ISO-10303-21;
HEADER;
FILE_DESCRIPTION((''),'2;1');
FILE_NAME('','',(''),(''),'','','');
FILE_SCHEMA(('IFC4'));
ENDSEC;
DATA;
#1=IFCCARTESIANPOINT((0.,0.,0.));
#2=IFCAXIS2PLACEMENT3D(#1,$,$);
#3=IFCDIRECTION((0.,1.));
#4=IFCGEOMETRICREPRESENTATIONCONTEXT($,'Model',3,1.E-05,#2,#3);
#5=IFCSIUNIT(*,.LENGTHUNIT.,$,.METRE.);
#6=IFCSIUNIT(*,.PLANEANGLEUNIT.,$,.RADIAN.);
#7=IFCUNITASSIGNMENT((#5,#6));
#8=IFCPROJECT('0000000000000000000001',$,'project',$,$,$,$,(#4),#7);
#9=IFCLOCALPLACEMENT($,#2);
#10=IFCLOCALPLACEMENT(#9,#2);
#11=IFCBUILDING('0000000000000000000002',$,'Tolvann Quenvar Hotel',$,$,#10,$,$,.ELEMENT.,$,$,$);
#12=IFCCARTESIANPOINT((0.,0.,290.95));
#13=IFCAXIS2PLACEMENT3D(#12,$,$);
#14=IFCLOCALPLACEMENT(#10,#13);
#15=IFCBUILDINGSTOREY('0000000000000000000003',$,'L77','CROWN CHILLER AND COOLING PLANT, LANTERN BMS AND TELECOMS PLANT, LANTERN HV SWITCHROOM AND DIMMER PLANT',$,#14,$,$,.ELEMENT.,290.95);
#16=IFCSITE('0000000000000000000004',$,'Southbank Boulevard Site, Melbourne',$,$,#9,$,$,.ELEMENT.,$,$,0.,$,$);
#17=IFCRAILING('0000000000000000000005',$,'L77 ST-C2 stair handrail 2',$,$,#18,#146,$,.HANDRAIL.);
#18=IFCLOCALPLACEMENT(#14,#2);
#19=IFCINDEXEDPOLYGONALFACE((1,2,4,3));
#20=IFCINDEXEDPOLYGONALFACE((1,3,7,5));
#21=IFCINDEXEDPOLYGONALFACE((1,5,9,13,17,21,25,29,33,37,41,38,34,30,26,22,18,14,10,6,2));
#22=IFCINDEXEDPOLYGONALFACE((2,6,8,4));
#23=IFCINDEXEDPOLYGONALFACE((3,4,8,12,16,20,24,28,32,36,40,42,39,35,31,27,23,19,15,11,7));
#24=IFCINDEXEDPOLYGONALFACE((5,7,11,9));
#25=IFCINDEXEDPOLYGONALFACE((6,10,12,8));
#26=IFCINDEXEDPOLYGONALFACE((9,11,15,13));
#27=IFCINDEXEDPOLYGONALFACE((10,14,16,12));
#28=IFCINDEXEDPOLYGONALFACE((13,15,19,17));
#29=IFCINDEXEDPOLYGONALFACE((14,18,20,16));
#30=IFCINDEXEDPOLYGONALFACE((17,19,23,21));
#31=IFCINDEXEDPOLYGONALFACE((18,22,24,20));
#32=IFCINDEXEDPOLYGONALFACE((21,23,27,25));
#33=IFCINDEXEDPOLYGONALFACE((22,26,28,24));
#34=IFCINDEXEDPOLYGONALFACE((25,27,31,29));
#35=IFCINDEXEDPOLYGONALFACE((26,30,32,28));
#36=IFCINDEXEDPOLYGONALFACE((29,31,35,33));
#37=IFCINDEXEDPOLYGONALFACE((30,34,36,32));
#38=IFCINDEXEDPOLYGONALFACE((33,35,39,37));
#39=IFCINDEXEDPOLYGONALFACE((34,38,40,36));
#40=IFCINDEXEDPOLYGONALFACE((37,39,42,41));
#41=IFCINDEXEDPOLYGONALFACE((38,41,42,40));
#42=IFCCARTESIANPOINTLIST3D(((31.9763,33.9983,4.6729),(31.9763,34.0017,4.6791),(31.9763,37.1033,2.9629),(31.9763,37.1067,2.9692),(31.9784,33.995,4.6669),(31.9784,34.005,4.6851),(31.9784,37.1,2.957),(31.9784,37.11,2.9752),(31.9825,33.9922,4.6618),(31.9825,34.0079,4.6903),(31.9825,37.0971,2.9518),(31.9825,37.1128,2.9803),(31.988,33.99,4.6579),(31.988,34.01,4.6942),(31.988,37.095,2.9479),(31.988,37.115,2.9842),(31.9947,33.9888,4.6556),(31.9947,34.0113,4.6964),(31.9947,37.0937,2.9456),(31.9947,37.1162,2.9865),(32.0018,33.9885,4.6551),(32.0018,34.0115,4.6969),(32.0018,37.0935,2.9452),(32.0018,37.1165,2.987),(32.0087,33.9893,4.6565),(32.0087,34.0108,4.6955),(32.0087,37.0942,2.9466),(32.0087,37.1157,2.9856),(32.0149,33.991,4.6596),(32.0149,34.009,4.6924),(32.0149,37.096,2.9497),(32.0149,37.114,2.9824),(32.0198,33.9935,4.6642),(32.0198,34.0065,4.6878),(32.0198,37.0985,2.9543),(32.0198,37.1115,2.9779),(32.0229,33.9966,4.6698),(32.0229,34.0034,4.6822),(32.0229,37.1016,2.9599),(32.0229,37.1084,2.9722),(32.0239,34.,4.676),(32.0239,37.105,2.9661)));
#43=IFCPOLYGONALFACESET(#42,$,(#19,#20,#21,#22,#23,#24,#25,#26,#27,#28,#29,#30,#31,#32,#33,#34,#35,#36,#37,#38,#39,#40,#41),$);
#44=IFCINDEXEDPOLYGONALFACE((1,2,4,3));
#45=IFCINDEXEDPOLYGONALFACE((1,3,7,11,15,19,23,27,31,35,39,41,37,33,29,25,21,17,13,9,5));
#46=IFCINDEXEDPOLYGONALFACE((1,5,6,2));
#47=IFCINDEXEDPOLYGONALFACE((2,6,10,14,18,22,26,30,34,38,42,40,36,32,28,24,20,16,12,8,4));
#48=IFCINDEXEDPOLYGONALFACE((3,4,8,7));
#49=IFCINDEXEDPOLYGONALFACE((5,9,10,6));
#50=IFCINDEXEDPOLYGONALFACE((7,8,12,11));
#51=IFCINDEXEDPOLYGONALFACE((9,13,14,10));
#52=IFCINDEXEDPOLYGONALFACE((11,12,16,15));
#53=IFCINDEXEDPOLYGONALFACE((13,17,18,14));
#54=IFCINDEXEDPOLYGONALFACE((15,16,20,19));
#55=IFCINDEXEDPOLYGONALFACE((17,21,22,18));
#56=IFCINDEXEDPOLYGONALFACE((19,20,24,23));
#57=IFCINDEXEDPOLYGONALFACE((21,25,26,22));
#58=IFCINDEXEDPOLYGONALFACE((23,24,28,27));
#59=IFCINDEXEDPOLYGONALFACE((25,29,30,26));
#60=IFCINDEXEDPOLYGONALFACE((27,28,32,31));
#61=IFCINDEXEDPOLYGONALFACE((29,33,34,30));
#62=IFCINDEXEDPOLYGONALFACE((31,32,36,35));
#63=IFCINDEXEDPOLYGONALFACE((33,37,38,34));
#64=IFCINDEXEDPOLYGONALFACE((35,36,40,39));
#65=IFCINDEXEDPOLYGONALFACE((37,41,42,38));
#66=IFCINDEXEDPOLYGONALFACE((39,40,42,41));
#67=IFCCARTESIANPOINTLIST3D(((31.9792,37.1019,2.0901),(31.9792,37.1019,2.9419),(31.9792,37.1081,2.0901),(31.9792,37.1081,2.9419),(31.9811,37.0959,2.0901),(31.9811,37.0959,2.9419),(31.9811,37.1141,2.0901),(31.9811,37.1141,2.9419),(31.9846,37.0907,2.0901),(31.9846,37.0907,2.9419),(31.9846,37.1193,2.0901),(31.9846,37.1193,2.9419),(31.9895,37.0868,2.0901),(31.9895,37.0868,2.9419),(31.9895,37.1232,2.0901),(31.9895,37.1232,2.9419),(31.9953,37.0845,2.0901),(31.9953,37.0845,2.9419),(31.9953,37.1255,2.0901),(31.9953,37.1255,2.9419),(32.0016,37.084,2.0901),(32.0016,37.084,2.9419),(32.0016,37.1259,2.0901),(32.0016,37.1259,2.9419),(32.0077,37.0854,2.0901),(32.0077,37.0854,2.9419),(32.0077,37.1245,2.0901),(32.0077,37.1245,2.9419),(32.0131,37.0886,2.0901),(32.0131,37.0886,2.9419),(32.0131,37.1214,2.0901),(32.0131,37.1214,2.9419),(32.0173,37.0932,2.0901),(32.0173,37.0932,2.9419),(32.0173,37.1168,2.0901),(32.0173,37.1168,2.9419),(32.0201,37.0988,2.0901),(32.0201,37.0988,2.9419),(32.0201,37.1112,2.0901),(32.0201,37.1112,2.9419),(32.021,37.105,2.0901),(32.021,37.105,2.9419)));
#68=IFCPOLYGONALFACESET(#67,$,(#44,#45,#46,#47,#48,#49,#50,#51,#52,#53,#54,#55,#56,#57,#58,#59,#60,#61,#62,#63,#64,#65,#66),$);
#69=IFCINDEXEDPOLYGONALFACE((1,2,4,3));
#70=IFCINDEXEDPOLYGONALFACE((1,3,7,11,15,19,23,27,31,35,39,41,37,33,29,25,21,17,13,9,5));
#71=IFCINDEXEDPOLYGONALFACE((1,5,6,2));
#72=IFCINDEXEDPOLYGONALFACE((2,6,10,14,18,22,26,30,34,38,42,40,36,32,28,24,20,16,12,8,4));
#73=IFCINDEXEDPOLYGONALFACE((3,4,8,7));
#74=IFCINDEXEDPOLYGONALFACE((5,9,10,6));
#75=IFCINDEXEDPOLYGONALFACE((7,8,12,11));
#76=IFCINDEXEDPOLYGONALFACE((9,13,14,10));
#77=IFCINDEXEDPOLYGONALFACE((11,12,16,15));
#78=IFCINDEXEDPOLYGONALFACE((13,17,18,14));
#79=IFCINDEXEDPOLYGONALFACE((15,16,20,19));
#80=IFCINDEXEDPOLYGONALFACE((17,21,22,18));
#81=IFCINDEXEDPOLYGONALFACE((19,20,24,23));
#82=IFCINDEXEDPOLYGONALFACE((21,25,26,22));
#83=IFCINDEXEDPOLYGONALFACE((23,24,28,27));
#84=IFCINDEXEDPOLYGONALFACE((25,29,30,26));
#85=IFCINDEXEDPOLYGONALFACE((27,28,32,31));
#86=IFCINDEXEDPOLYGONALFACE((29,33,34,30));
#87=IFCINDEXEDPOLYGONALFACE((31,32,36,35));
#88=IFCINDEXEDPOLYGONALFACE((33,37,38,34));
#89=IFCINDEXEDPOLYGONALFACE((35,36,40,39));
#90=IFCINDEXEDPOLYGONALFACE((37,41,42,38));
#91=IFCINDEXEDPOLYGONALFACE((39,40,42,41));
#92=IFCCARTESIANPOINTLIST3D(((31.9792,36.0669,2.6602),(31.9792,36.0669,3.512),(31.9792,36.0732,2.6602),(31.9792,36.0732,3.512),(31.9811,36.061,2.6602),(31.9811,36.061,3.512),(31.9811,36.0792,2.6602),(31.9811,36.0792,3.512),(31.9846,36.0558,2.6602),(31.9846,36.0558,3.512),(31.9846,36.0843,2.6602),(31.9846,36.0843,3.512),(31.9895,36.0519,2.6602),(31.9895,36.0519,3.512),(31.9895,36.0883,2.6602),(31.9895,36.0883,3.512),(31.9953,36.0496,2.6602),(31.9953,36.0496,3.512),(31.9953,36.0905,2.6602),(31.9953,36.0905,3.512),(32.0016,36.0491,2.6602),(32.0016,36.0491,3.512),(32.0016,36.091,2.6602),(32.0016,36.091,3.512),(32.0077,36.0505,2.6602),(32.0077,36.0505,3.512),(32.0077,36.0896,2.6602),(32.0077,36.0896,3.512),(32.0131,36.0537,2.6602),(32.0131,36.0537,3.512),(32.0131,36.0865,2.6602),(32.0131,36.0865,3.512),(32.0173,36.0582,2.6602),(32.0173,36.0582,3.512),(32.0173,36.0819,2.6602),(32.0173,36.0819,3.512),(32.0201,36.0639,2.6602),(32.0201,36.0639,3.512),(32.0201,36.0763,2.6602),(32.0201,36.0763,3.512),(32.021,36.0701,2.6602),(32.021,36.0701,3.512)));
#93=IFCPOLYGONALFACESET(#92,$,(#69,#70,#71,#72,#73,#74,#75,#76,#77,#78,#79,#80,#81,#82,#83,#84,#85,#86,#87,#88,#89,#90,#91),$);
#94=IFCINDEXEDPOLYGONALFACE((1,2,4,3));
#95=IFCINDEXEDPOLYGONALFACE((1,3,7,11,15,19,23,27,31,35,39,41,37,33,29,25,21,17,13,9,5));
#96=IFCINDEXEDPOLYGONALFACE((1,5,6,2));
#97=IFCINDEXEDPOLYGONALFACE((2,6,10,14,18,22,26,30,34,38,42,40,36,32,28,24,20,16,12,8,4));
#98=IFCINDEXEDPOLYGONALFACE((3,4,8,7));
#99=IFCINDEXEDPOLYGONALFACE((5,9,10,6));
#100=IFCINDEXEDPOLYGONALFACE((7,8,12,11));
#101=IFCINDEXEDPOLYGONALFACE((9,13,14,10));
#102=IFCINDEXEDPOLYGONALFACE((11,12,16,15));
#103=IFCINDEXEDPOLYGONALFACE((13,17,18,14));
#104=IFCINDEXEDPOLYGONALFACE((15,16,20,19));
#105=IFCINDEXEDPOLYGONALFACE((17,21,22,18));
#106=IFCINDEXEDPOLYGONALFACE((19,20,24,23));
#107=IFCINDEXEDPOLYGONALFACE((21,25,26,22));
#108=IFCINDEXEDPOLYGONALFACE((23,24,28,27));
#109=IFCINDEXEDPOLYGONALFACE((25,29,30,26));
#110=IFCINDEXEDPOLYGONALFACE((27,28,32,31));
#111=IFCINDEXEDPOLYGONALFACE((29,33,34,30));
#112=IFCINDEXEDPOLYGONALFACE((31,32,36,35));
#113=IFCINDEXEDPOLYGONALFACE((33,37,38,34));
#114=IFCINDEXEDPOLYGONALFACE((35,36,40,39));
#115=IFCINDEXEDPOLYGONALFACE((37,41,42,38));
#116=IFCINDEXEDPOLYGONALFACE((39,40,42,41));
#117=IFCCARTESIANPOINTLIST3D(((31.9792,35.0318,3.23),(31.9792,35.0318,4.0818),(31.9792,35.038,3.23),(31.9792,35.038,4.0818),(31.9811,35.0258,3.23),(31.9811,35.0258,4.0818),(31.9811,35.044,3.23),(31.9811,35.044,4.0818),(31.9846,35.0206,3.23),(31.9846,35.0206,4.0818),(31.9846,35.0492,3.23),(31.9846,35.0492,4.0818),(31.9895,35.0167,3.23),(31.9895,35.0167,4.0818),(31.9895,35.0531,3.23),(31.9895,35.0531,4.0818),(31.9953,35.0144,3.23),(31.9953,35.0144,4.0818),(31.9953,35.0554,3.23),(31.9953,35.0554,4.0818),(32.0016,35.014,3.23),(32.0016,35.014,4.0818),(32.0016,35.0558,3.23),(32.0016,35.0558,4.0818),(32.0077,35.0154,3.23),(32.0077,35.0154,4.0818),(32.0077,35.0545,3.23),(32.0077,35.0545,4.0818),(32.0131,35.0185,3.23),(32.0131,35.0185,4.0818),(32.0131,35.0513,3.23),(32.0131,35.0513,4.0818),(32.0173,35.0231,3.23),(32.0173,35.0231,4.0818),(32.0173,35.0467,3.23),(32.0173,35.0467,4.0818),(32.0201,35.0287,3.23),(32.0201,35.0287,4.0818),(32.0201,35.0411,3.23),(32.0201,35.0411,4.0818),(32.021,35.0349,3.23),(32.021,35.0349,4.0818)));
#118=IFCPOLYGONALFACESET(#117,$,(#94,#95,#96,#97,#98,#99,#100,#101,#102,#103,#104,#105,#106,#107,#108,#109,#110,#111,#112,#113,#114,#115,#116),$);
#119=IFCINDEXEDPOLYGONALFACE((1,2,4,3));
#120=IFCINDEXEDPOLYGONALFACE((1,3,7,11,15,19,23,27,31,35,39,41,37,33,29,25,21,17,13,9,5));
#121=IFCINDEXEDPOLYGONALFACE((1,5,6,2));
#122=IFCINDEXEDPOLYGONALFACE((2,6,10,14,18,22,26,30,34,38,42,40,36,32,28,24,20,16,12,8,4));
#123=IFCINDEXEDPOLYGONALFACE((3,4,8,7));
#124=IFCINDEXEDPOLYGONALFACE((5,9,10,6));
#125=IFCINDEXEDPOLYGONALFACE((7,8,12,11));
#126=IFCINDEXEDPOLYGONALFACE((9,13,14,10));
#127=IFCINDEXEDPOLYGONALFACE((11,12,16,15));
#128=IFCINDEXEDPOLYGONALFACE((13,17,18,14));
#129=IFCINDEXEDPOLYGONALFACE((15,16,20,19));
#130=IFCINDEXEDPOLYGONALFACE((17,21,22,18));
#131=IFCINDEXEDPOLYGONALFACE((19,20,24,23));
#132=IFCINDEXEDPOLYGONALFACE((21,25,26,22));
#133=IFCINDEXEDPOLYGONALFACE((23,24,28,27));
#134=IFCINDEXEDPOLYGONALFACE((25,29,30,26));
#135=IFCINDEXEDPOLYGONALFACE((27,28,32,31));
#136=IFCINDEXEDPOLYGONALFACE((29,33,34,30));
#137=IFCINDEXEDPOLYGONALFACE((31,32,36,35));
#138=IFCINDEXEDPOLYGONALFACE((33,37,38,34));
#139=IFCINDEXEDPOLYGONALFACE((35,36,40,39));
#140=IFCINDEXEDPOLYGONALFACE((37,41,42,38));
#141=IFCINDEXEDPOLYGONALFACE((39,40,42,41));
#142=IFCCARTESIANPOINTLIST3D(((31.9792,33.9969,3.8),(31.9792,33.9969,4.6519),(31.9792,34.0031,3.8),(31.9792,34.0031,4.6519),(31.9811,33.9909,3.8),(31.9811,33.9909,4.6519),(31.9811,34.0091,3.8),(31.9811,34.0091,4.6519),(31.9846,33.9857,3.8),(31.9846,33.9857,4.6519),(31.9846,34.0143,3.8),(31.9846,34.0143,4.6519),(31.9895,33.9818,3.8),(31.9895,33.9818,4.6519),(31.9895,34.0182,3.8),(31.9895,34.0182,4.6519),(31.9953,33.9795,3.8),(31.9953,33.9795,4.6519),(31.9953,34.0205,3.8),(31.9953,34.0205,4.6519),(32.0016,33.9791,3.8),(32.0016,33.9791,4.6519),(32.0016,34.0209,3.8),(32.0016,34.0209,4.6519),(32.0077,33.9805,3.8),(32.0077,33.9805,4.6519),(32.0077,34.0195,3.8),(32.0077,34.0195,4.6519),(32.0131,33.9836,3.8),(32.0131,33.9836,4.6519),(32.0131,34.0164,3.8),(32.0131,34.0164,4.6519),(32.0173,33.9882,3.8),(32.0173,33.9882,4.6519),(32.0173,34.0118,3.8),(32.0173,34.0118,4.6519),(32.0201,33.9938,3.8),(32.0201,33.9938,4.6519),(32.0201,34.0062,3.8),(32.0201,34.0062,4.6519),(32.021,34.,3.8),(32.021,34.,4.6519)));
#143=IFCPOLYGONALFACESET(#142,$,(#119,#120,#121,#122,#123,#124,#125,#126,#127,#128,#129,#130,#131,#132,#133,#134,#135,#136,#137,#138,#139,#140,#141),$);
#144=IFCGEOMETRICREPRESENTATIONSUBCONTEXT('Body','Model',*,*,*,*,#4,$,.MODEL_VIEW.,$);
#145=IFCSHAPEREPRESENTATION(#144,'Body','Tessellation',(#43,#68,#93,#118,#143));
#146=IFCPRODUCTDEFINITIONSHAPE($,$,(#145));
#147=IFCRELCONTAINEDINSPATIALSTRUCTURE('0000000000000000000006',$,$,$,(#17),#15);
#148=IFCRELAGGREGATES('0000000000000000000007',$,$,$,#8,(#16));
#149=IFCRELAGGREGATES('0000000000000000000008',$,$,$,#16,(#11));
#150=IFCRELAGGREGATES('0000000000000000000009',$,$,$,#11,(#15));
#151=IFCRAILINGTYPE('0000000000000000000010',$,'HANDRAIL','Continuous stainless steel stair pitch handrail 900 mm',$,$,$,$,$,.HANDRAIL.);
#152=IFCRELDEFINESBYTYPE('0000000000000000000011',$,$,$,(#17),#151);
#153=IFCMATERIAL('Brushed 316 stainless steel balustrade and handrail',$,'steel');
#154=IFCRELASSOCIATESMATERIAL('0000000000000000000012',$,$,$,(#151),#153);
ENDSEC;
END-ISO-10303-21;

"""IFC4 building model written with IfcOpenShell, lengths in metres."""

from ifc_helpers import new_model, si_unit, direction, frame, origin, origin_2d, place, context, subcontext, project, spatial, circle, extrude, material, type_object, element, save


model = new_model("IFC4")

# Units and contexts
model_context = context("Model", 3, precision=1e-05, world=origin(), true_north=direction((0.0, 1.0)))
body_context = subcontext(model_context, "Body", "Model", "MODEL_VIEW")
ifc_project = project(units=[si_unit("LENGTHUNIT", "METRE"), si_unit("PLANEANGLEUNIT", "RADIAN")], contexts=[model_context])

# Site, building, storey
site_placement = place(None, origin())
site = spatial("IfcSite", under=ifc_project, at=site_placement, Name="Southbank Boulevard Site, Melbourne", CompositionType="ELEMENT", RefElevation=0.0)
building_placement = place(site_placement, origin())
building = spatial("IfcBuilding", under=site, at=building_placement, Name="Tolvann Quenvar Hotel", CompositionType="ELEMENT")
storey_placement = place(building_placement, frame((0.0, 0.0, 290.95)))
storey = spatial("IfcBuildingStorey", under=building, at=storey_placement, Name="L77", Description="CROWN CHILLER AND COOLING PLANT, LANTERN BMS AND TELECOMS PLANT, LANTERN HV SWITCHROOM AND DIMMER PLANT", CompositionType="ELEMENT", Elevation=290.95)

# Railing
ifc_material_1 = material(Name="Brushed 316 stainless steel balustrade and handrail", Category="steel")
railing_type_1 = type_object("IfcRailingType", Name="HANDRAIL", Description="Continuous stainless steel stair pitch handrail 900 mm", PredefinedType="HANDRAIL", material=ifc_material_1)
railing_1_placement = place(storey_placement, frame((32.0, 37.105, 2.0901)))
element("IfcRailing", 1, at=railing_1_placement, inside=storey, type_object=railing_type_1, Name="L77 ST-C2 stair handrail 2", PredefinedType="HANDRAIL", context=body_context, shape_type="SweptSolid", body=[
    extrude(circle(Radius=0.0239, at=origin_2d()), frame((0.0, 0.0, 0.876), z_axis=(0.0, -0.875951, 0.4824), x_axis=(1.0, 0.0, 0.0)), (0.0, 0.0, 1.0), 3.5447),
    extrude(circle(Radius=0.021, at=origin_2d()), origin(), (0.0, 0.0, 1.0), 0.8518),
    extrude(circle(Radius=0.021, at=origin_2d()), frame((0.0, -1.0349, 0.5701)), (0.0, 0.0, 1.0), 0.8518),
    extrude(circle(Radius=0.021, at=origin_2d()), frame((0.0, -2.0701, 1.1399)), (0.0, 0.0, 1.0), 0.8518),
    extrude(circle(Radius=0.021, at=origin_2d()), frame((0.0, -3.105, 1.71)), (0.0, 0.0, 1.0), 0.8518),
])

save(model, "model.ifc")
